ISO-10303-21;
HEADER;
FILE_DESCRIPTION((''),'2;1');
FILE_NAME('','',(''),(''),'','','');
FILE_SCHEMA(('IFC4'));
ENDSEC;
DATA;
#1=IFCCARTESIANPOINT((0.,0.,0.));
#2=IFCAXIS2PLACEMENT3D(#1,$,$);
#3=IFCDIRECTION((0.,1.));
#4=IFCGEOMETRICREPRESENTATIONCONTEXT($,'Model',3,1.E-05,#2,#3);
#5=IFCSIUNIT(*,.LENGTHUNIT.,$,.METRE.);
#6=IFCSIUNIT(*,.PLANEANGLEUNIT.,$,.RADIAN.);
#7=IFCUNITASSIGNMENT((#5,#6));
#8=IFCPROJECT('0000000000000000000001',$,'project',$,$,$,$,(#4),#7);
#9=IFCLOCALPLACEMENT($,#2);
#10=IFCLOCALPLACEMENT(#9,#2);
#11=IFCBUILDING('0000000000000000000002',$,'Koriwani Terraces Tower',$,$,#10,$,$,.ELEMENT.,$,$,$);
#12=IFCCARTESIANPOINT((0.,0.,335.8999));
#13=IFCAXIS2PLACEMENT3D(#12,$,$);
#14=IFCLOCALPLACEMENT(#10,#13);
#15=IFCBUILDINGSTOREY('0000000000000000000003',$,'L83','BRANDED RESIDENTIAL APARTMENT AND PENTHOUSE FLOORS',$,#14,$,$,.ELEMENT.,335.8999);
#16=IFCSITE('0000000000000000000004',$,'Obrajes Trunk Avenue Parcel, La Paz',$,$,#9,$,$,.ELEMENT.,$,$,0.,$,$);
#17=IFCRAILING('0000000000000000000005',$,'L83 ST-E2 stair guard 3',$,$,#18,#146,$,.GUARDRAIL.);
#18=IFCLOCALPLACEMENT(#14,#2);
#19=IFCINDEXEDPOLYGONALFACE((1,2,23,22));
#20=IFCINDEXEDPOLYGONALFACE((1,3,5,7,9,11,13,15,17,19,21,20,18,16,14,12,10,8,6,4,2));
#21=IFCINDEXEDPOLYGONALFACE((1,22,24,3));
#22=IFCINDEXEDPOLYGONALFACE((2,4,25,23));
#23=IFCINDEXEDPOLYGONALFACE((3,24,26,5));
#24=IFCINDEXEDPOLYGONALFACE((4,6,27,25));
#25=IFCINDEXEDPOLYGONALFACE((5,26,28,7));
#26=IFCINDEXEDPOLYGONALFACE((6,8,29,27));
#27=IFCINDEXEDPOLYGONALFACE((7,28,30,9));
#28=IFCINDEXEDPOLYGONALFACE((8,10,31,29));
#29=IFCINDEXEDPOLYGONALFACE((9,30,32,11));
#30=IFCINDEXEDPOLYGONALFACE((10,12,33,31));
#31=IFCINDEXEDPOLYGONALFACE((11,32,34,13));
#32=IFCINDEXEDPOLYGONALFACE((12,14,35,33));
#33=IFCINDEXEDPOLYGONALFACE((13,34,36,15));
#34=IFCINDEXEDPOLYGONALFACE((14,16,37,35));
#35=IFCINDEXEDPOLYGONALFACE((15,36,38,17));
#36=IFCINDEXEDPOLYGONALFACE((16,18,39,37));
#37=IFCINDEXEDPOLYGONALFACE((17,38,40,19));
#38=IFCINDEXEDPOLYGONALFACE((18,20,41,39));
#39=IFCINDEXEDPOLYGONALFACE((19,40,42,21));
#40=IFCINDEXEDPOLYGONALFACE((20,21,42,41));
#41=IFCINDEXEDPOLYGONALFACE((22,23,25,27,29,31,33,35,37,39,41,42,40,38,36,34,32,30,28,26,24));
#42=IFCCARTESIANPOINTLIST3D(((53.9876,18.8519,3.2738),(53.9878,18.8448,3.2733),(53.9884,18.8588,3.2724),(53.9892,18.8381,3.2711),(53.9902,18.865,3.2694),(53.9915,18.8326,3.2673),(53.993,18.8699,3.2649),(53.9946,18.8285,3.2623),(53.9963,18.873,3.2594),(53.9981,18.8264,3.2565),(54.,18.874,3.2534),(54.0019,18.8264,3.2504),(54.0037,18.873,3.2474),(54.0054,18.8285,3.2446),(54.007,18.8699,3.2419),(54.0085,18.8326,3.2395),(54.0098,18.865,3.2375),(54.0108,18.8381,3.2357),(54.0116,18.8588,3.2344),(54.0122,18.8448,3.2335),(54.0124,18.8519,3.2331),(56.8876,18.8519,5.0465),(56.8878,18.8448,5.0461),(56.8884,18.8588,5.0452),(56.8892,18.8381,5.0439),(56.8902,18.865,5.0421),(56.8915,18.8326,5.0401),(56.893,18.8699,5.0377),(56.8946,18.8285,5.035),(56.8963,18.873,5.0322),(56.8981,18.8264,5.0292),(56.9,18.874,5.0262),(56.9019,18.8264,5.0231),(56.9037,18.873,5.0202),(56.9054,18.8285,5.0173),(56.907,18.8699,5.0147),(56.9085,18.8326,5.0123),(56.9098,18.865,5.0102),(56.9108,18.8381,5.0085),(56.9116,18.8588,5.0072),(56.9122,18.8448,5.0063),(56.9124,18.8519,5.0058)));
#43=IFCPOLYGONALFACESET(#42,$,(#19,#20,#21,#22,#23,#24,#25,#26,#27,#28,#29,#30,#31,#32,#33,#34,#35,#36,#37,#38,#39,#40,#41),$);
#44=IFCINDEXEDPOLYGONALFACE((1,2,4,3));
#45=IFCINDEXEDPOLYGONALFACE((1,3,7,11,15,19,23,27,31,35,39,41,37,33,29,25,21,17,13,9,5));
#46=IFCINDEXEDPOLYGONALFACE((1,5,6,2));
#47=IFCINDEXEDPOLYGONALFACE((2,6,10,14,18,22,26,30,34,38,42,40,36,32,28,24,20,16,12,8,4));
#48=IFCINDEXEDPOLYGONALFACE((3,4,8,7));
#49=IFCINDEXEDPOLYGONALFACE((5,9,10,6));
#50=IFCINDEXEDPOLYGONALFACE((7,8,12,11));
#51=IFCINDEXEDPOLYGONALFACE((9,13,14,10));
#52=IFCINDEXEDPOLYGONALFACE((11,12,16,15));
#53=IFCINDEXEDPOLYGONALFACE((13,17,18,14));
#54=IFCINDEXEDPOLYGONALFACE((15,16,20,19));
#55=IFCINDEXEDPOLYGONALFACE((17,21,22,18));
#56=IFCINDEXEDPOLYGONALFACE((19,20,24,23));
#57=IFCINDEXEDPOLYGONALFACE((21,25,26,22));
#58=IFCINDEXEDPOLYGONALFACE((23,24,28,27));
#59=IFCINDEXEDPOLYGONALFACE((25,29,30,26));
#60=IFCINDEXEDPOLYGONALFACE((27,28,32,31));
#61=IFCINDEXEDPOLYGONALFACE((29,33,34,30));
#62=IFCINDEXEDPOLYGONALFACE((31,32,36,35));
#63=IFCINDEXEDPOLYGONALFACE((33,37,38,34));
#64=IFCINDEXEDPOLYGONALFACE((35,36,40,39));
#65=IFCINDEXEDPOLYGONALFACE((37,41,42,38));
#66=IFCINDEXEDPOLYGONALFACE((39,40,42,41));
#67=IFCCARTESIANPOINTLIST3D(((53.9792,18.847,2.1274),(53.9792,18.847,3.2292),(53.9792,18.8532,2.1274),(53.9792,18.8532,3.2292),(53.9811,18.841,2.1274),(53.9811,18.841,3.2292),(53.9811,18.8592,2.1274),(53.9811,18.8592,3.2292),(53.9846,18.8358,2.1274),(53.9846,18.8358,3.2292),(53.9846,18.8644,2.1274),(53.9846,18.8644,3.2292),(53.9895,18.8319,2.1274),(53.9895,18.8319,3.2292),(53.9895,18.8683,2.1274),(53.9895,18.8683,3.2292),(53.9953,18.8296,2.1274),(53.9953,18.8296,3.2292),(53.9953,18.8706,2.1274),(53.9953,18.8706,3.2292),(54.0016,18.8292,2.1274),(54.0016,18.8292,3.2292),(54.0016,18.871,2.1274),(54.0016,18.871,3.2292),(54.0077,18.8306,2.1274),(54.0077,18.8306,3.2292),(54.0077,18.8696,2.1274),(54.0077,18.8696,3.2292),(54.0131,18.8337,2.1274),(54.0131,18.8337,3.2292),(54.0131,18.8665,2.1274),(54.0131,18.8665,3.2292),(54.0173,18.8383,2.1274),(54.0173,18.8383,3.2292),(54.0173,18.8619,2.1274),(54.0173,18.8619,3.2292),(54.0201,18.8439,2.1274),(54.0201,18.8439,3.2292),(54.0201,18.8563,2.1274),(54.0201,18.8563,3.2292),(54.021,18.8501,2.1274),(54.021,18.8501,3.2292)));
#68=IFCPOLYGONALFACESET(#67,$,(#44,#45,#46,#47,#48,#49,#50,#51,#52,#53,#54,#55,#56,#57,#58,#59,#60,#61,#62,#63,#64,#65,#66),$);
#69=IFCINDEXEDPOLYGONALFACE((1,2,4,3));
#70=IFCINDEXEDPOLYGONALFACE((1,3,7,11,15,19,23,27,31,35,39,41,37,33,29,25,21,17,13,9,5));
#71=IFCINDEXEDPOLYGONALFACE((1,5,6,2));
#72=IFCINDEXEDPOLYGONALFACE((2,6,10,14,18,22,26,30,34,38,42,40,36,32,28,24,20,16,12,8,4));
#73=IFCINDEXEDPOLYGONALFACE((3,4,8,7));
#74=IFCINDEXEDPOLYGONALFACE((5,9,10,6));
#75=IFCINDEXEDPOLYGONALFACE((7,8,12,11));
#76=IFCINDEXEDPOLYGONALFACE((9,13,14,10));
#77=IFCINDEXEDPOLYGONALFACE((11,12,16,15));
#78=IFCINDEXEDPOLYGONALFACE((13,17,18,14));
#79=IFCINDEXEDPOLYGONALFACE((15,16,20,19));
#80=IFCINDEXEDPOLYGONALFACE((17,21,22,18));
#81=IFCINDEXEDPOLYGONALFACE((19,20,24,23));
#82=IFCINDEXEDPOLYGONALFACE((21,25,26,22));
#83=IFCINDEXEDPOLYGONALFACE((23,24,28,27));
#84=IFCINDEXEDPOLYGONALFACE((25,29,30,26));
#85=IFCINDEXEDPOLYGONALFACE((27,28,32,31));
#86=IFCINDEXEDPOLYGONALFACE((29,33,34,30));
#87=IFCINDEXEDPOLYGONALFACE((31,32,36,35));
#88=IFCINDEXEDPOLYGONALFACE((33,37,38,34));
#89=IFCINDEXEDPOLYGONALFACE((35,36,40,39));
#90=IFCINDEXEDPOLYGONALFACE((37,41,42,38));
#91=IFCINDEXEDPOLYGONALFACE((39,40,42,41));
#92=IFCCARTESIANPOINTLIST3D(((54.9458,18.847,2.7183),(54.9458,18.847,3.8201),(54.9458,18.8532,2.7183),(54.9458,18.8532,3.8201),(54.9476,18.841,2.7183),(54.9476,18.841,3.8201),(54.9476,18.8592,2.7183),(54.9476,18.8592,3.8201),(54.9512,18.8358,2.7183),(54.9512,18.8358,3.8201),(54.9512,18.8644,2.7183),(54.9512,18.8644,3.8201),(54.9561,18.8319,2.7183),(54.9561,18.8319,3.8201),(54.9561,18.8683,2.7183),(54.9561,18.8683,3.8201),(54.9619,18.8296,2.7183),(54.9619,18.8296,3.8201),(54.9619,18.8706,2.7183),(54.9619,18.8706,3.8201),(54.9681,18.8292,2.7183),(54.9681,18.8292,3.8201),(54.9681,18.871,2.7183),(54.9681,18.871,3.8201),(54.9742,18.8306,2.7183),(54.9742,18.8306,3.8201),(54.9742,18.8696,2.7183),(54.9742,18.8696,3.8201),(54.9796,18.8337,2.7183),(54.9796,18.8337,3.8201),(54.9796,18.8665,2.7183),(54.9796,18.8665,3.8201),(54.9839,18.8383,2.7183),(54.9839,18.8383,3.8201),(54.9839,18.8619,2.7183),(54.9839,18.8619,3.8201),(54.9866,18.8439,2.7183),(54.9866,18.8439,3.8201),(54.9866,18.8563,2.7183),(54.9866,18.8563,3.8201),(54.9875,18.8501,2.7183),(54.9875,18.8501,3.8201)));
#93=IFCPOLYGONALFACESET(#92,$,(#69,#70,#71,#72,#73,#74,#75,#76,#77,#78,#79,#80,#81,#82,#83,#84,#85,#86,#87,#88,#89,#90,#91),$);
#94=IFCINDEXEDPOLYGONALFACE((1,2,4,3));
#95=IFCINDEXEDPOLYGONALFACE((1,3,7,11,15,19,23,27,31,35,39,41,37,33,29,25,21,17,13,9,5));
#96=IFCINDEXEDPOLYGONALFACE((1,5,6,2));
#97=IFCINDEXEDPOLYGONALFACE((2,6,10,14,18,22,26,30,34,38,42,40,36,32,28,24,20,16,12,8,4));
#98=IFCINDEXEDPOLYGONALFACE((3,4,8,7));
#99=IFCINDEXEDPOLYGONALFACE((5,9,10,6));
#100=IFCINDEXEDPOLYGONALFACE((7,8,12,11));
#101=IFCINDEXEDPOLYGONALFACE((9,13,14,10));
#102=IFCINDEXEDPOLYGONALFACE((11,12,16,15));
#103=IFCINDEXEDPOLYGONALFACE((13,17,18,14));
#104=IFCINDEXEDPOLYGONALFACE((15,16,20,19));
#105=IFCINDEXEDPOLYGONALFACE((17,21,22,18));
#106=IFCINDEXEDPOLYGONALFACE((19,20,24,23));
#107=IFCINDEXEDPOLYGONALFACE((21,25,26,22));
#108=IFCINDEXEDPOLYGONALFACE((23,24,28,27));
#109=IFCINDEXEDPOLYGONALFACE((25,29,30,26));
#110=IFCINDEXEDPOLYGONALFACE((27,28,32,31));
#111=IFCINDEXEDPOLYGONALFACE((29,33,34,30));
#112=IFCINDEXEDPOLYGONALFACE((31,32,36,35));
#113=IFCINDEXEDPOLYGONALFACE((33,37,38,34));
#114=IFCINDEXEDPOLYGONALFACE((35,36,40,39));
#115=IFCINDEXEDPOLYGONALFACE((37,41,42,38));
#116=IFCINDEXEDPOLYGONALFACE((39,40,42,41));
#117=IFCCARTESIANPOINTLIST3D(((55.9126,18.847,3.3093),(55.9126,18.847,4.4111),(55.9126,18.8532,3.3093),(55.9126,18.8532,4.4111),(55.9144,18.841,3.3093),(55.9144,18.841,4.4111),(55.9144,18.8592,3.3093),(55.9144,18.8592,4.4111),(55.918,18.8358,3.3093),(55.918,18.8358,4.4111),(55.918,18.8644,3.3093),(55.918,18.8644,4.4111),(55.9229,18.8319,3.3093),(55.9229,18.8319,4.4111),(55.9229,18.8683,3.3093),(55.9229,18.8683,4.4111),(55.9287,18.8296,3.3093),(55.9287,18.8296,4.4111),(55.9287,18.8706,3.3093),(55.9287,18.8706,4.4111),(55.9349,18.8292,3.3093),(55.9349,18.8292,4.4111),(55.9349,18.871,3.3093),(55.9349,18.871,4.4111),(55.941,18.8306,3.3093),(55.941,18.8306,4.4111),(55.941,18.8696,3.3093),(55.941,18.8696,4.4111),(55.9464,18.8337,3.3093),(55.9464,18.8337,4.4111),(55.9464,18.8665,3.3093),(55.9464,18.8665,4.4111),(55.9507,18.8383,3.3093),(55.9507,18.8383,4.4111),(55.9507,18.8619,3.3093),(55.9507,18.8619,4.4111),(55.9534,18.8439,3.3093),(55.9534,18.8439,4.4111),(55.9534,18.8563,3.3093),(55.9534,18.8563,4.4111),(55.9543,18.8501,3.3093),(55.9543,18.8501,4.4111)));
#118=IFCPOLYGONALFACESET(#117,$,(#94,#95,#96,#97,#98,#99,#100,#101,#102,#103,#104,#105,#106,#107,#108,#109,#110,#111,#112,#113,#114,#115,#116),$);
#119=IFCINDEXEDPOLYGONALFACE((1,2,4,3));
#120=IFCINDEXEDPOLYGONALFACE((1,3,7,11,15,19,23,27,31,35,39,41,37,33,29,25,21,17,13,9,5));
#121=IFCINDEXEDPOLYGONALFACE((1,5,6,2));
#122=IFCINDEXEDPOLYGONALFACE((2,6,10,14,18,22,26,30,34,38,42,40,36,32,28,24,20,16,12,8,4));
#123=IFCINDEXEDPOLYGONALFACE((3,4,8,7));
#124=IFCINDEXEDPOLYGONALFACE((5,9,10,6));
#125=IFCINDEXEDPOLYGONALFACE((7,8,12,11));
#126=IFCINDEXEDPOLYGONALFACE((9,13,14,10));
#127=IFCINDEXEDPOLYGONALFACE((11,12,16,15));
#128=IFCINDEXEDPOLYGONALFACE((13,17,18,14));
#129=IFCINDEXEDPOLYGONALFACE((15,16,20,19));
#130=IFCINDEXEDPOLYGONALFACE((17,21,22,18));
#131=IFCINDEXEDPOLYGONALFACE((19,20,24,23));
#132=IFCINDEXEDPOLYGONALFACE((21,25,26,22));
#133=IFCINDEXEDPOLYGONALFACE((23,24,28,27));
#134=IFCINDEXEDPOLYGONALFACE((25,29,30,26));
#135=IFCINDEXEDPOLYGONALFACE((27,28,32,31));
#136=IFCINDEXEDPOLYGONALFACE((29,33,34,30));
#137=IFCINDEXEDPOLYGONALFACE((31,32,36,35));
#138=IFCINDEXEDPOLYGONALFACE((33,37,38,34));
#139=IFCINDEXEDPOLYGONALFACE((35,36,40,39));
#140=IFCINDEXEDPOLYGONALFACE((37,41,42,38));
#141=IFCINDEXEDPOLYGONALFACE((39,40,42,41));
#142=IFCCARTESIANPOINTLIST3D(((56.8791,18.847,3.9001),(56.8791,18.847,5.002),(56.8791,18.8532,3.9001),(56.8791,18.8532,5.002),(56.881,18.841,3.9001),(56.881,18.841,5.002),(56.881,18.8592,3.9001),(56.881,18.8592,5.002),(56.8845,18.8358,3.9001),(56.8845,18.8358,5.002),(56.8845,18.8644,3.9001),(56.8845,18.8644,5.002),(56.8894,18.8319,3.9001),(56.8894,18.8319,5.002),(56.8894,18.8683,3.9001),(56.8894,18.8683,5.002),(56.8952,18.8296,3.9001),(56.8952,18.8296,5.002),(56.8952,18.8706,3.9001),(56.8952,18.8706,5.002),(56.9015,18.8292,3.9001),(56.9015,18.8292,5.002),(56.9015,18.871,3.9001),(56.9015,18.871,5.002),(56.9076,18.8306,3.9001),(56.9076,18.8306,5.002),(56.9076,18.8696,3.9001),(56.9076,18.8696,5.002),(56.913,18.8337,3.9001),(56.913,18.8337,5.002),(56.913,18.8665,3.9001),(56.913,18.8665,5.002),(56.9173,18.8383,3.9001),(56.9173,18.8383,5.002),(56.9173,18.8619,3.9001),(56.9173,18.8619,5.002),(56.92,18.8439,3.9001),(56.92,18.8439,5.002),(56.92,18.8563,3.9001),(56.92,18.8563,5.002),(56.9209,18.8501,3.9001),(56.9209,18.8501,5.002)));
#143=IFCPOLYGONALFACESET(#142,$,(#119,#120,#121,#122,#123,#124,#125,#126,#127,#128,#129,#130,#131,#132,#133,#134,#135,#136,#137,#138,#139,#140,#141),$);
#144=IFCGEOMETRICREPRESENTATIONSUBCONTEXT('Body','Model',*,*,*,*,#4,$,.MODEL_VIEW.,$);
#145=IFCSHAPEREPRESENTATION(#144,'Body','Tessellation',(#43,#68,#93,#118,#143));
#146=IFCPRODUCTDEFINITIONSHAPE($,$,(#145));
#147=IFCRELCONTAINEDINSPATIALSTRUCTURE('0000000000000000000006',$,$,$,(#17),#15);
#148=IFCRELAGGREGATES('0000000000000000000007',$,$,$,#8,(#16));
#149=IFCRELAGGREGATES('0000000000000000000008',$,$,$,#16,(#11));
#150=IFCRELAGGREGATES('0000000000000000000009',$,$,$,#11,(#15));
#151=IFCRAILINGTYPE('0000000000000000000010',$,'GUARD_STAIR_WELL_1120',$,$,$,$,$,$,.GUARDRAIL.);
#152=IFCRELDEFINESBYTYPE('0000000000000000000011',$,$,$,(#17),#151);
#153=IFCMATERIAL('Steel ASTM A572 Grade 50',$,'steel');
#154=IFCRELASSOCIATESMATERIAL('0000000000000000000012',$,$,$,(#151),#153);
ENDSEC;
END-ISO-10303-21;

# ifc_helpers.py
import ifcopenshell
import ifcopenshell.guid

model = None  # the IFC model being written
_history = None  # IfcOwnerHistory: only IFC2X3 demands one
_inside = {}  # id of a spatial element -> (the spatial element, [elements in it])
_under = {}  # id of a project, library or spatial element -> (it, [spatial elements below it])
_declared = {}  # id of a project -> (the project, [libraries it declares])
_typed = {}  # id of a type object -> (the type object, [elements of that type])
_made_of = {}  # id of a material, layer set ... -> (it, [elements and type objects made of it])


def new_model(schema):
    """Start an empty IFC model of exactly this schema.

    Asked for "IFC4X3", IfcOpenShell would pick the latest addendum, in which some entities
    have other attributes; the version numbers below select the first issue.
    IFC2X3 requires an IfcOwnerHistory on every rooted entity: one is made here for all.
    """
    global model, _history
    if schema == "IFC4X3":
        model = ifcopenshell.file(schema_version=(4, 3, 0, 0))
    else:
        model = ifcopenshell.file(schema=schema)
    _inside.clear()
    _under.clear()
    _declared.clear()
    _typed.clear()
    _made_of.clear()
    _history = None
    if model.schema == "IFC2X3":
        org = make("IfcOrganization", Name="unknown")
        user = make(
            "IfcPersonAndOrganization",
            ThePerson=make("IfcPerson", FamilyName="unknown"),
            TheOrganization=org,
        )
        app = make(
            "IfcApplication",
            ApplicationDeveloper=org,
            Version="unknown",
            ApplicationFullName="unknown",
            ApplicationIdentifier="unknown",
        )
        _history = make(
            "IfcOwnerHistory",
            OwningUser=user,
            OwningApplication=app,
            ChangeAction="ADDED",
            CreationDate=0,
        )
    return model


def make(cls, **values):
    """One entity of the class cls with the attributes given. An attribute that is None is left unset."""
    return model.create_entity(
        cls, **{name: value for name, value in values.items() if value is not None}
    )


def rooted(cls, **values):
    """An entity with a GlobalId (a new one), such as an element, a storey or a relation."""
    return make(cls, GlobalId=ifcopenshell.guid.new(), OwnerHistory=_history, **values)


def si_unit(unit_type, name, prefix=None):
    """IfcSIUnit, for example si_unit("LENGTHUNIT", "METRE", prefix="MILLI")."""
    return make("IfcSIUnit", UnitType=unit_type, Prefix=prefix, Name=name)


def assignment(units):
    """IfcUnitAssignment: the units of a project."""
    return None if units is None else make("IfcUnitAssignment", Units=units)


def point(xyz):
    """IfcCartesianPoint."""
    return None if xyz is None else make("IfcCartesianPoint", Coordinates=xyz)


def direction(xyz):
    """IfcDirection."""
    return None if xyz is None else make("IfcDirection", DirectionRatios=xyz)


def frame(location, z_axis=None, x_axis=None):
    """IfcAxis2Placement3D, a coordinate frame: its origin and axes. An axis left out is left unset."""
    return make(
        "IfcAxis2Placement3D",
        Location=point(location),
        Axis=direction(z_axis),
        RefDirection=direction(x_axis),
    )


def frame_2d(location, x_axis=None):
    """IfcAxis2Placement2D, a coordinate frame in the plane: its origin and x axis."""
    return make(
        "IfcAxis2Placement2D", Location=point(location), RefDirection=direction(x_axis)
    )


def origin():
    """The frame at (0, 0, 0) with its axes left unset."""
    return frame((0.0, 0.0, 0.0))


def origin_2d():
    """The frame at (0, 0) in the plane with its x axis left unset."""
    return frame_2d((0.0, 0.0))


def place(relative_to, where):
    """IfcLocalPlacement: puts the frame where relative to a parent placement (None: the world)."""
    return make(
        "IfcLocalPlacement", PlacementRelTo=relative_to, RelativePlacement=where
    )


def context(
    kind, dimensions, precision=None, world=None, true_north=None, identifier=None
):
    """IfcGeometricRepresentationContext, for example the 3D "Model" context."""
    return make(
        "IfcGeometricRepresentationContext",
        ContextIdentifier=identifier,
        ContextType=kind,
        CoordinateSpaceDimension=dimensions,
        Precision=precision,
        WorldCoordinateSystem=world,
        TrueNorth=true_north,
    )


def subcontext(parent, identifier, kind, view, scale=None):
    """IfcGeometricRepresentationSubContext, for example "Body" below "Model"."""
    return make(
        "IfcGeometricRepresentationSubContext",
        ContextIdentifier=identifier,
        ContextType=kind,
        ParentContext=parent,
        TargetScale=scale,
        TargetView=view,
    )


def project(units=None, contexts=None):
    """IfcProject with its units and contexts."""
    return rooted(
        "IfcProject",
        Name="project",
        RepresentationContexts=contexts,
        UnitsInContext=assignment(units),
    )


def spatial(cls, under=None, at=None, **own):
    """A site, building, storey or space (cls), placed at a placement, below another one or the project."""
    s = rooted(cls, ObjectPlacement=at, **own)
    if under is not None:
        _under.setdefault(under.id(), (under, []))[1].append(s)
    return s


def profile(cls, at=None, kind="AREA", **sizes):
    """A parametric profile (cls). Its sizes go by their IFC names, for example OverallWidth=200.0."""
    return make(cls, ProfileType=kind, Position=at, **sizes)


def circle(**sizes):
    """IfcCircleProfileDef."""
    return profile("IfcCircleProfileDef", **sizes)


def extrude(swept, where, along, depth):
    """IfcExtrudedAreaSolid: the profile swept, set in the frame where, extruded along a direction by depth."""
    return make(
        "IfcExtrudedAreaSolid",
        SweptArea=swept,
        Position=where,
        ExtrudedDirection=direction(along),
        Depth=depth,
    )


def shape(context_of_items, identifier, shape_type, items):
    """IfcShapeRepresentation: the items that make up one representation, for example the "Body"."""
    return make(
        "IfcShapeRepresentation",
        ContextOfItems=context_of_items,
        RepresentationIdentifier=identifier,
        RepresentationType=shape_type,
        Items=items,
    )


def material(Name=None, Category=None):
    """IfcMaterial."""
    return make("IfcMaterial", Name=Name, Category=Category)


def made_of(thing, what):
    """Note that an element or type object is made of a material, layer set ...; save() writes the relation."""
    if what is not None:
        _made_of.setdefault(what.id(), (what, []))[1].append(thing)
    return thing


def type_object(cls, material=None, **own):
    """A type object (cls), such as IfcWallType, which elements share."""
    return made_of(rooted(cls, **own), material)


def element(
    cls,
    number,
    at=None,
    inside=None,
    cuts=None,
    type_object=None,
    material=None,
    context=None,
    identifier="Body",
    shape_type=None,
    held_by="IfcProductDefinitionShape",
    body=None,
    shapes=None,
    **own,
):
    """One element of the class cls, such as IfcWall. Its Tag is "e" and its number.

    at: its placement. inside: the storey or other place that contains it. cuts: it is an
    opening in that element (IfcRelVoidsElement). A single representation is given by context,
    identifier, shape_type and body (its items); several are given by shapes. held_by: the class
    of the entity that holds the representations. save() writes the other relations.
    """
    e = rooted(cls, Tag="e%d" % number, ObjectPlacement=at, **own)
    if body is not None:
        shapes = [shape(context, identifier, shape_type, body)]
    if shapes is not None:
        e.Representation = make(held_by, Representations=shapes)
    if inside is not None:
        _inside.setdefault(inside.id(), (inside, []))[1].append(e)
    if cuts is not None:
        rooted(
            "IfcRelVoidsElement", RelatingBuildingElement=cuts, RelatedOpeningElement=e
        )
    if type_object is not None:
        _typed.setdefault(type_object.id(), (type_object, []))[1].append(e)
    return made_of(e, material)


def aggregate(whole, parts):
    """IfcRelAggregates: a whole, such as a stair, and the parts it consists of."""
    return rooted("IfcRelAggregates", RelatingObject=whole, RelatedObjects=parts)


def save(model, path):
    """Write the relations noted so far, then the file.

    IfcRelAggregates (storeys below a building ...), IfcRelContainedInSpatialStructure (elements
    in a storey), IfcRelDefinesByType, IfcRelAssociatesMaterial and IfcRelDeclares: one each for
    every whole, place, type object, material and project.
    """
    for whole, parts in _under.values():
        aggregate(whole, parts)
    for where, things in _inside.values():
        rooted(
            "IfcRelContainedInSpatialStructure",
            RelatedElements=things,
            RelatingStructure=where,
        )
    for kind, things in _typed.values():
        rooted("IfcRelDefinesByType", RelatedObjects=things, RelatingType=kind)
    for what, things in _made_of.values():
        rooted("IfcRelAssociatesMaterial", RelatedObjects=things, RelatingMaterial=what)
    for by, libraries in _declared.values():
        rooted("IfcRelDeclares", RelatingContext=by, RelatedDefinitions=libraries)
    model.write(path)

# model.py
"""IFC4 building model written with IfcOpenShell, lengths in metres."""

from ifc_helpers import new_model, si_unit, direction, frame, origin, origin_2d, place, context, subcontext, project, spatial, circle, extrude, material, type_object, element, save


model = new_model("IFC4")

# Units and contexts
model_context = context("Model", 3, precision=1e-05, world=origin(), true_north=direction((0.0, 1.0)))
body_context = subcontext(model_context, "Body", "Model", "MODEL_VIEW")
ifc_project = project(units=[si_unit("LENGTHUNIT", "METRE"), si_unit("PLANEANGLEUNIT", "RADIAN")], contexts=[model_context])

# Site, building, storey
site_placement = place(None, origin())
site = spatial("IfcSite", under=ifc_project, at=site_placement, Name="Obrajes Trunk Avenue Parcel, La Paz", CompositionType="ELEMENT", RefElevation=0.0)
building_placement = place(site_placement, origin())
building = spatial("IfcBuilding", under=site, at=building_placement, Name="Koriwani Terraces Tower", CompositionType="ELEMENT")
storey_placement = place(building_placement, frame((0.0, 0.0, 335.8999)))
storey = spatial("IfcBuildingStorey", under=building, at=storey_placement, Name="L83", Description="BRANDED RESIDENTIAL APARTMENT AND PENTHOUSE FLOORS", CompositionType="ELEMENT", Elevation=335.8999)

# Shared definitions
ifc_material_1 = material(Name="Steel ASTM A572 Grade 50", Category="steel")

# Railing
railing_type = type_object("IfcRailingType", Name="GUARD_STAIR_WELL_1120", PredefinedType="GUARDRAIL", material=ifc_material_1)
railing_1_placement = place(storey_placement, frame((54.0, 18.8501, 2.1274)))
element("IfcRailing", 1, at=railing_1_placement, inside=storey, type_object=railing_type, Name="L83 ST-E2 stair guard 3", PredefinedType="GUARDRAIL", context=body_context, shape_type="SweptSolid", body=[
    extrude(circle(Radius=0.0239, at=origin_2d()), frame((0.0, 0.0, 1.126), z_axis=(0.853211, 0.0, 0.521566), x_axis=(0.0, 1.0, 0.0)), (0.0, 0.0, 1.0), 3.3989),
    extrude(circle(Radius=0.021, at=origin_2d()), origin(), (0.0, 0.0, 1.0), 1.1018),
    extrude(circle(Radius=0.021, at=origin_2d()), frame((0.9666, 0.0, 0.5908)), (0.0, 0.0, 1.0), 1.1018),
    extrude(circle(Radius=0.021, at=origin_2d()), frame((1.9333, 0.0, 1.1819)), (0.0, 0.0, 1.0), 1.1018),
    extrude(circle(Radius=0.021, at=origin_2d()), frame((2.8999, 0.0, 1.7727)), (0.0, 0.0, 1.0), 1.1018),
])

save(model, "model.ifc")
